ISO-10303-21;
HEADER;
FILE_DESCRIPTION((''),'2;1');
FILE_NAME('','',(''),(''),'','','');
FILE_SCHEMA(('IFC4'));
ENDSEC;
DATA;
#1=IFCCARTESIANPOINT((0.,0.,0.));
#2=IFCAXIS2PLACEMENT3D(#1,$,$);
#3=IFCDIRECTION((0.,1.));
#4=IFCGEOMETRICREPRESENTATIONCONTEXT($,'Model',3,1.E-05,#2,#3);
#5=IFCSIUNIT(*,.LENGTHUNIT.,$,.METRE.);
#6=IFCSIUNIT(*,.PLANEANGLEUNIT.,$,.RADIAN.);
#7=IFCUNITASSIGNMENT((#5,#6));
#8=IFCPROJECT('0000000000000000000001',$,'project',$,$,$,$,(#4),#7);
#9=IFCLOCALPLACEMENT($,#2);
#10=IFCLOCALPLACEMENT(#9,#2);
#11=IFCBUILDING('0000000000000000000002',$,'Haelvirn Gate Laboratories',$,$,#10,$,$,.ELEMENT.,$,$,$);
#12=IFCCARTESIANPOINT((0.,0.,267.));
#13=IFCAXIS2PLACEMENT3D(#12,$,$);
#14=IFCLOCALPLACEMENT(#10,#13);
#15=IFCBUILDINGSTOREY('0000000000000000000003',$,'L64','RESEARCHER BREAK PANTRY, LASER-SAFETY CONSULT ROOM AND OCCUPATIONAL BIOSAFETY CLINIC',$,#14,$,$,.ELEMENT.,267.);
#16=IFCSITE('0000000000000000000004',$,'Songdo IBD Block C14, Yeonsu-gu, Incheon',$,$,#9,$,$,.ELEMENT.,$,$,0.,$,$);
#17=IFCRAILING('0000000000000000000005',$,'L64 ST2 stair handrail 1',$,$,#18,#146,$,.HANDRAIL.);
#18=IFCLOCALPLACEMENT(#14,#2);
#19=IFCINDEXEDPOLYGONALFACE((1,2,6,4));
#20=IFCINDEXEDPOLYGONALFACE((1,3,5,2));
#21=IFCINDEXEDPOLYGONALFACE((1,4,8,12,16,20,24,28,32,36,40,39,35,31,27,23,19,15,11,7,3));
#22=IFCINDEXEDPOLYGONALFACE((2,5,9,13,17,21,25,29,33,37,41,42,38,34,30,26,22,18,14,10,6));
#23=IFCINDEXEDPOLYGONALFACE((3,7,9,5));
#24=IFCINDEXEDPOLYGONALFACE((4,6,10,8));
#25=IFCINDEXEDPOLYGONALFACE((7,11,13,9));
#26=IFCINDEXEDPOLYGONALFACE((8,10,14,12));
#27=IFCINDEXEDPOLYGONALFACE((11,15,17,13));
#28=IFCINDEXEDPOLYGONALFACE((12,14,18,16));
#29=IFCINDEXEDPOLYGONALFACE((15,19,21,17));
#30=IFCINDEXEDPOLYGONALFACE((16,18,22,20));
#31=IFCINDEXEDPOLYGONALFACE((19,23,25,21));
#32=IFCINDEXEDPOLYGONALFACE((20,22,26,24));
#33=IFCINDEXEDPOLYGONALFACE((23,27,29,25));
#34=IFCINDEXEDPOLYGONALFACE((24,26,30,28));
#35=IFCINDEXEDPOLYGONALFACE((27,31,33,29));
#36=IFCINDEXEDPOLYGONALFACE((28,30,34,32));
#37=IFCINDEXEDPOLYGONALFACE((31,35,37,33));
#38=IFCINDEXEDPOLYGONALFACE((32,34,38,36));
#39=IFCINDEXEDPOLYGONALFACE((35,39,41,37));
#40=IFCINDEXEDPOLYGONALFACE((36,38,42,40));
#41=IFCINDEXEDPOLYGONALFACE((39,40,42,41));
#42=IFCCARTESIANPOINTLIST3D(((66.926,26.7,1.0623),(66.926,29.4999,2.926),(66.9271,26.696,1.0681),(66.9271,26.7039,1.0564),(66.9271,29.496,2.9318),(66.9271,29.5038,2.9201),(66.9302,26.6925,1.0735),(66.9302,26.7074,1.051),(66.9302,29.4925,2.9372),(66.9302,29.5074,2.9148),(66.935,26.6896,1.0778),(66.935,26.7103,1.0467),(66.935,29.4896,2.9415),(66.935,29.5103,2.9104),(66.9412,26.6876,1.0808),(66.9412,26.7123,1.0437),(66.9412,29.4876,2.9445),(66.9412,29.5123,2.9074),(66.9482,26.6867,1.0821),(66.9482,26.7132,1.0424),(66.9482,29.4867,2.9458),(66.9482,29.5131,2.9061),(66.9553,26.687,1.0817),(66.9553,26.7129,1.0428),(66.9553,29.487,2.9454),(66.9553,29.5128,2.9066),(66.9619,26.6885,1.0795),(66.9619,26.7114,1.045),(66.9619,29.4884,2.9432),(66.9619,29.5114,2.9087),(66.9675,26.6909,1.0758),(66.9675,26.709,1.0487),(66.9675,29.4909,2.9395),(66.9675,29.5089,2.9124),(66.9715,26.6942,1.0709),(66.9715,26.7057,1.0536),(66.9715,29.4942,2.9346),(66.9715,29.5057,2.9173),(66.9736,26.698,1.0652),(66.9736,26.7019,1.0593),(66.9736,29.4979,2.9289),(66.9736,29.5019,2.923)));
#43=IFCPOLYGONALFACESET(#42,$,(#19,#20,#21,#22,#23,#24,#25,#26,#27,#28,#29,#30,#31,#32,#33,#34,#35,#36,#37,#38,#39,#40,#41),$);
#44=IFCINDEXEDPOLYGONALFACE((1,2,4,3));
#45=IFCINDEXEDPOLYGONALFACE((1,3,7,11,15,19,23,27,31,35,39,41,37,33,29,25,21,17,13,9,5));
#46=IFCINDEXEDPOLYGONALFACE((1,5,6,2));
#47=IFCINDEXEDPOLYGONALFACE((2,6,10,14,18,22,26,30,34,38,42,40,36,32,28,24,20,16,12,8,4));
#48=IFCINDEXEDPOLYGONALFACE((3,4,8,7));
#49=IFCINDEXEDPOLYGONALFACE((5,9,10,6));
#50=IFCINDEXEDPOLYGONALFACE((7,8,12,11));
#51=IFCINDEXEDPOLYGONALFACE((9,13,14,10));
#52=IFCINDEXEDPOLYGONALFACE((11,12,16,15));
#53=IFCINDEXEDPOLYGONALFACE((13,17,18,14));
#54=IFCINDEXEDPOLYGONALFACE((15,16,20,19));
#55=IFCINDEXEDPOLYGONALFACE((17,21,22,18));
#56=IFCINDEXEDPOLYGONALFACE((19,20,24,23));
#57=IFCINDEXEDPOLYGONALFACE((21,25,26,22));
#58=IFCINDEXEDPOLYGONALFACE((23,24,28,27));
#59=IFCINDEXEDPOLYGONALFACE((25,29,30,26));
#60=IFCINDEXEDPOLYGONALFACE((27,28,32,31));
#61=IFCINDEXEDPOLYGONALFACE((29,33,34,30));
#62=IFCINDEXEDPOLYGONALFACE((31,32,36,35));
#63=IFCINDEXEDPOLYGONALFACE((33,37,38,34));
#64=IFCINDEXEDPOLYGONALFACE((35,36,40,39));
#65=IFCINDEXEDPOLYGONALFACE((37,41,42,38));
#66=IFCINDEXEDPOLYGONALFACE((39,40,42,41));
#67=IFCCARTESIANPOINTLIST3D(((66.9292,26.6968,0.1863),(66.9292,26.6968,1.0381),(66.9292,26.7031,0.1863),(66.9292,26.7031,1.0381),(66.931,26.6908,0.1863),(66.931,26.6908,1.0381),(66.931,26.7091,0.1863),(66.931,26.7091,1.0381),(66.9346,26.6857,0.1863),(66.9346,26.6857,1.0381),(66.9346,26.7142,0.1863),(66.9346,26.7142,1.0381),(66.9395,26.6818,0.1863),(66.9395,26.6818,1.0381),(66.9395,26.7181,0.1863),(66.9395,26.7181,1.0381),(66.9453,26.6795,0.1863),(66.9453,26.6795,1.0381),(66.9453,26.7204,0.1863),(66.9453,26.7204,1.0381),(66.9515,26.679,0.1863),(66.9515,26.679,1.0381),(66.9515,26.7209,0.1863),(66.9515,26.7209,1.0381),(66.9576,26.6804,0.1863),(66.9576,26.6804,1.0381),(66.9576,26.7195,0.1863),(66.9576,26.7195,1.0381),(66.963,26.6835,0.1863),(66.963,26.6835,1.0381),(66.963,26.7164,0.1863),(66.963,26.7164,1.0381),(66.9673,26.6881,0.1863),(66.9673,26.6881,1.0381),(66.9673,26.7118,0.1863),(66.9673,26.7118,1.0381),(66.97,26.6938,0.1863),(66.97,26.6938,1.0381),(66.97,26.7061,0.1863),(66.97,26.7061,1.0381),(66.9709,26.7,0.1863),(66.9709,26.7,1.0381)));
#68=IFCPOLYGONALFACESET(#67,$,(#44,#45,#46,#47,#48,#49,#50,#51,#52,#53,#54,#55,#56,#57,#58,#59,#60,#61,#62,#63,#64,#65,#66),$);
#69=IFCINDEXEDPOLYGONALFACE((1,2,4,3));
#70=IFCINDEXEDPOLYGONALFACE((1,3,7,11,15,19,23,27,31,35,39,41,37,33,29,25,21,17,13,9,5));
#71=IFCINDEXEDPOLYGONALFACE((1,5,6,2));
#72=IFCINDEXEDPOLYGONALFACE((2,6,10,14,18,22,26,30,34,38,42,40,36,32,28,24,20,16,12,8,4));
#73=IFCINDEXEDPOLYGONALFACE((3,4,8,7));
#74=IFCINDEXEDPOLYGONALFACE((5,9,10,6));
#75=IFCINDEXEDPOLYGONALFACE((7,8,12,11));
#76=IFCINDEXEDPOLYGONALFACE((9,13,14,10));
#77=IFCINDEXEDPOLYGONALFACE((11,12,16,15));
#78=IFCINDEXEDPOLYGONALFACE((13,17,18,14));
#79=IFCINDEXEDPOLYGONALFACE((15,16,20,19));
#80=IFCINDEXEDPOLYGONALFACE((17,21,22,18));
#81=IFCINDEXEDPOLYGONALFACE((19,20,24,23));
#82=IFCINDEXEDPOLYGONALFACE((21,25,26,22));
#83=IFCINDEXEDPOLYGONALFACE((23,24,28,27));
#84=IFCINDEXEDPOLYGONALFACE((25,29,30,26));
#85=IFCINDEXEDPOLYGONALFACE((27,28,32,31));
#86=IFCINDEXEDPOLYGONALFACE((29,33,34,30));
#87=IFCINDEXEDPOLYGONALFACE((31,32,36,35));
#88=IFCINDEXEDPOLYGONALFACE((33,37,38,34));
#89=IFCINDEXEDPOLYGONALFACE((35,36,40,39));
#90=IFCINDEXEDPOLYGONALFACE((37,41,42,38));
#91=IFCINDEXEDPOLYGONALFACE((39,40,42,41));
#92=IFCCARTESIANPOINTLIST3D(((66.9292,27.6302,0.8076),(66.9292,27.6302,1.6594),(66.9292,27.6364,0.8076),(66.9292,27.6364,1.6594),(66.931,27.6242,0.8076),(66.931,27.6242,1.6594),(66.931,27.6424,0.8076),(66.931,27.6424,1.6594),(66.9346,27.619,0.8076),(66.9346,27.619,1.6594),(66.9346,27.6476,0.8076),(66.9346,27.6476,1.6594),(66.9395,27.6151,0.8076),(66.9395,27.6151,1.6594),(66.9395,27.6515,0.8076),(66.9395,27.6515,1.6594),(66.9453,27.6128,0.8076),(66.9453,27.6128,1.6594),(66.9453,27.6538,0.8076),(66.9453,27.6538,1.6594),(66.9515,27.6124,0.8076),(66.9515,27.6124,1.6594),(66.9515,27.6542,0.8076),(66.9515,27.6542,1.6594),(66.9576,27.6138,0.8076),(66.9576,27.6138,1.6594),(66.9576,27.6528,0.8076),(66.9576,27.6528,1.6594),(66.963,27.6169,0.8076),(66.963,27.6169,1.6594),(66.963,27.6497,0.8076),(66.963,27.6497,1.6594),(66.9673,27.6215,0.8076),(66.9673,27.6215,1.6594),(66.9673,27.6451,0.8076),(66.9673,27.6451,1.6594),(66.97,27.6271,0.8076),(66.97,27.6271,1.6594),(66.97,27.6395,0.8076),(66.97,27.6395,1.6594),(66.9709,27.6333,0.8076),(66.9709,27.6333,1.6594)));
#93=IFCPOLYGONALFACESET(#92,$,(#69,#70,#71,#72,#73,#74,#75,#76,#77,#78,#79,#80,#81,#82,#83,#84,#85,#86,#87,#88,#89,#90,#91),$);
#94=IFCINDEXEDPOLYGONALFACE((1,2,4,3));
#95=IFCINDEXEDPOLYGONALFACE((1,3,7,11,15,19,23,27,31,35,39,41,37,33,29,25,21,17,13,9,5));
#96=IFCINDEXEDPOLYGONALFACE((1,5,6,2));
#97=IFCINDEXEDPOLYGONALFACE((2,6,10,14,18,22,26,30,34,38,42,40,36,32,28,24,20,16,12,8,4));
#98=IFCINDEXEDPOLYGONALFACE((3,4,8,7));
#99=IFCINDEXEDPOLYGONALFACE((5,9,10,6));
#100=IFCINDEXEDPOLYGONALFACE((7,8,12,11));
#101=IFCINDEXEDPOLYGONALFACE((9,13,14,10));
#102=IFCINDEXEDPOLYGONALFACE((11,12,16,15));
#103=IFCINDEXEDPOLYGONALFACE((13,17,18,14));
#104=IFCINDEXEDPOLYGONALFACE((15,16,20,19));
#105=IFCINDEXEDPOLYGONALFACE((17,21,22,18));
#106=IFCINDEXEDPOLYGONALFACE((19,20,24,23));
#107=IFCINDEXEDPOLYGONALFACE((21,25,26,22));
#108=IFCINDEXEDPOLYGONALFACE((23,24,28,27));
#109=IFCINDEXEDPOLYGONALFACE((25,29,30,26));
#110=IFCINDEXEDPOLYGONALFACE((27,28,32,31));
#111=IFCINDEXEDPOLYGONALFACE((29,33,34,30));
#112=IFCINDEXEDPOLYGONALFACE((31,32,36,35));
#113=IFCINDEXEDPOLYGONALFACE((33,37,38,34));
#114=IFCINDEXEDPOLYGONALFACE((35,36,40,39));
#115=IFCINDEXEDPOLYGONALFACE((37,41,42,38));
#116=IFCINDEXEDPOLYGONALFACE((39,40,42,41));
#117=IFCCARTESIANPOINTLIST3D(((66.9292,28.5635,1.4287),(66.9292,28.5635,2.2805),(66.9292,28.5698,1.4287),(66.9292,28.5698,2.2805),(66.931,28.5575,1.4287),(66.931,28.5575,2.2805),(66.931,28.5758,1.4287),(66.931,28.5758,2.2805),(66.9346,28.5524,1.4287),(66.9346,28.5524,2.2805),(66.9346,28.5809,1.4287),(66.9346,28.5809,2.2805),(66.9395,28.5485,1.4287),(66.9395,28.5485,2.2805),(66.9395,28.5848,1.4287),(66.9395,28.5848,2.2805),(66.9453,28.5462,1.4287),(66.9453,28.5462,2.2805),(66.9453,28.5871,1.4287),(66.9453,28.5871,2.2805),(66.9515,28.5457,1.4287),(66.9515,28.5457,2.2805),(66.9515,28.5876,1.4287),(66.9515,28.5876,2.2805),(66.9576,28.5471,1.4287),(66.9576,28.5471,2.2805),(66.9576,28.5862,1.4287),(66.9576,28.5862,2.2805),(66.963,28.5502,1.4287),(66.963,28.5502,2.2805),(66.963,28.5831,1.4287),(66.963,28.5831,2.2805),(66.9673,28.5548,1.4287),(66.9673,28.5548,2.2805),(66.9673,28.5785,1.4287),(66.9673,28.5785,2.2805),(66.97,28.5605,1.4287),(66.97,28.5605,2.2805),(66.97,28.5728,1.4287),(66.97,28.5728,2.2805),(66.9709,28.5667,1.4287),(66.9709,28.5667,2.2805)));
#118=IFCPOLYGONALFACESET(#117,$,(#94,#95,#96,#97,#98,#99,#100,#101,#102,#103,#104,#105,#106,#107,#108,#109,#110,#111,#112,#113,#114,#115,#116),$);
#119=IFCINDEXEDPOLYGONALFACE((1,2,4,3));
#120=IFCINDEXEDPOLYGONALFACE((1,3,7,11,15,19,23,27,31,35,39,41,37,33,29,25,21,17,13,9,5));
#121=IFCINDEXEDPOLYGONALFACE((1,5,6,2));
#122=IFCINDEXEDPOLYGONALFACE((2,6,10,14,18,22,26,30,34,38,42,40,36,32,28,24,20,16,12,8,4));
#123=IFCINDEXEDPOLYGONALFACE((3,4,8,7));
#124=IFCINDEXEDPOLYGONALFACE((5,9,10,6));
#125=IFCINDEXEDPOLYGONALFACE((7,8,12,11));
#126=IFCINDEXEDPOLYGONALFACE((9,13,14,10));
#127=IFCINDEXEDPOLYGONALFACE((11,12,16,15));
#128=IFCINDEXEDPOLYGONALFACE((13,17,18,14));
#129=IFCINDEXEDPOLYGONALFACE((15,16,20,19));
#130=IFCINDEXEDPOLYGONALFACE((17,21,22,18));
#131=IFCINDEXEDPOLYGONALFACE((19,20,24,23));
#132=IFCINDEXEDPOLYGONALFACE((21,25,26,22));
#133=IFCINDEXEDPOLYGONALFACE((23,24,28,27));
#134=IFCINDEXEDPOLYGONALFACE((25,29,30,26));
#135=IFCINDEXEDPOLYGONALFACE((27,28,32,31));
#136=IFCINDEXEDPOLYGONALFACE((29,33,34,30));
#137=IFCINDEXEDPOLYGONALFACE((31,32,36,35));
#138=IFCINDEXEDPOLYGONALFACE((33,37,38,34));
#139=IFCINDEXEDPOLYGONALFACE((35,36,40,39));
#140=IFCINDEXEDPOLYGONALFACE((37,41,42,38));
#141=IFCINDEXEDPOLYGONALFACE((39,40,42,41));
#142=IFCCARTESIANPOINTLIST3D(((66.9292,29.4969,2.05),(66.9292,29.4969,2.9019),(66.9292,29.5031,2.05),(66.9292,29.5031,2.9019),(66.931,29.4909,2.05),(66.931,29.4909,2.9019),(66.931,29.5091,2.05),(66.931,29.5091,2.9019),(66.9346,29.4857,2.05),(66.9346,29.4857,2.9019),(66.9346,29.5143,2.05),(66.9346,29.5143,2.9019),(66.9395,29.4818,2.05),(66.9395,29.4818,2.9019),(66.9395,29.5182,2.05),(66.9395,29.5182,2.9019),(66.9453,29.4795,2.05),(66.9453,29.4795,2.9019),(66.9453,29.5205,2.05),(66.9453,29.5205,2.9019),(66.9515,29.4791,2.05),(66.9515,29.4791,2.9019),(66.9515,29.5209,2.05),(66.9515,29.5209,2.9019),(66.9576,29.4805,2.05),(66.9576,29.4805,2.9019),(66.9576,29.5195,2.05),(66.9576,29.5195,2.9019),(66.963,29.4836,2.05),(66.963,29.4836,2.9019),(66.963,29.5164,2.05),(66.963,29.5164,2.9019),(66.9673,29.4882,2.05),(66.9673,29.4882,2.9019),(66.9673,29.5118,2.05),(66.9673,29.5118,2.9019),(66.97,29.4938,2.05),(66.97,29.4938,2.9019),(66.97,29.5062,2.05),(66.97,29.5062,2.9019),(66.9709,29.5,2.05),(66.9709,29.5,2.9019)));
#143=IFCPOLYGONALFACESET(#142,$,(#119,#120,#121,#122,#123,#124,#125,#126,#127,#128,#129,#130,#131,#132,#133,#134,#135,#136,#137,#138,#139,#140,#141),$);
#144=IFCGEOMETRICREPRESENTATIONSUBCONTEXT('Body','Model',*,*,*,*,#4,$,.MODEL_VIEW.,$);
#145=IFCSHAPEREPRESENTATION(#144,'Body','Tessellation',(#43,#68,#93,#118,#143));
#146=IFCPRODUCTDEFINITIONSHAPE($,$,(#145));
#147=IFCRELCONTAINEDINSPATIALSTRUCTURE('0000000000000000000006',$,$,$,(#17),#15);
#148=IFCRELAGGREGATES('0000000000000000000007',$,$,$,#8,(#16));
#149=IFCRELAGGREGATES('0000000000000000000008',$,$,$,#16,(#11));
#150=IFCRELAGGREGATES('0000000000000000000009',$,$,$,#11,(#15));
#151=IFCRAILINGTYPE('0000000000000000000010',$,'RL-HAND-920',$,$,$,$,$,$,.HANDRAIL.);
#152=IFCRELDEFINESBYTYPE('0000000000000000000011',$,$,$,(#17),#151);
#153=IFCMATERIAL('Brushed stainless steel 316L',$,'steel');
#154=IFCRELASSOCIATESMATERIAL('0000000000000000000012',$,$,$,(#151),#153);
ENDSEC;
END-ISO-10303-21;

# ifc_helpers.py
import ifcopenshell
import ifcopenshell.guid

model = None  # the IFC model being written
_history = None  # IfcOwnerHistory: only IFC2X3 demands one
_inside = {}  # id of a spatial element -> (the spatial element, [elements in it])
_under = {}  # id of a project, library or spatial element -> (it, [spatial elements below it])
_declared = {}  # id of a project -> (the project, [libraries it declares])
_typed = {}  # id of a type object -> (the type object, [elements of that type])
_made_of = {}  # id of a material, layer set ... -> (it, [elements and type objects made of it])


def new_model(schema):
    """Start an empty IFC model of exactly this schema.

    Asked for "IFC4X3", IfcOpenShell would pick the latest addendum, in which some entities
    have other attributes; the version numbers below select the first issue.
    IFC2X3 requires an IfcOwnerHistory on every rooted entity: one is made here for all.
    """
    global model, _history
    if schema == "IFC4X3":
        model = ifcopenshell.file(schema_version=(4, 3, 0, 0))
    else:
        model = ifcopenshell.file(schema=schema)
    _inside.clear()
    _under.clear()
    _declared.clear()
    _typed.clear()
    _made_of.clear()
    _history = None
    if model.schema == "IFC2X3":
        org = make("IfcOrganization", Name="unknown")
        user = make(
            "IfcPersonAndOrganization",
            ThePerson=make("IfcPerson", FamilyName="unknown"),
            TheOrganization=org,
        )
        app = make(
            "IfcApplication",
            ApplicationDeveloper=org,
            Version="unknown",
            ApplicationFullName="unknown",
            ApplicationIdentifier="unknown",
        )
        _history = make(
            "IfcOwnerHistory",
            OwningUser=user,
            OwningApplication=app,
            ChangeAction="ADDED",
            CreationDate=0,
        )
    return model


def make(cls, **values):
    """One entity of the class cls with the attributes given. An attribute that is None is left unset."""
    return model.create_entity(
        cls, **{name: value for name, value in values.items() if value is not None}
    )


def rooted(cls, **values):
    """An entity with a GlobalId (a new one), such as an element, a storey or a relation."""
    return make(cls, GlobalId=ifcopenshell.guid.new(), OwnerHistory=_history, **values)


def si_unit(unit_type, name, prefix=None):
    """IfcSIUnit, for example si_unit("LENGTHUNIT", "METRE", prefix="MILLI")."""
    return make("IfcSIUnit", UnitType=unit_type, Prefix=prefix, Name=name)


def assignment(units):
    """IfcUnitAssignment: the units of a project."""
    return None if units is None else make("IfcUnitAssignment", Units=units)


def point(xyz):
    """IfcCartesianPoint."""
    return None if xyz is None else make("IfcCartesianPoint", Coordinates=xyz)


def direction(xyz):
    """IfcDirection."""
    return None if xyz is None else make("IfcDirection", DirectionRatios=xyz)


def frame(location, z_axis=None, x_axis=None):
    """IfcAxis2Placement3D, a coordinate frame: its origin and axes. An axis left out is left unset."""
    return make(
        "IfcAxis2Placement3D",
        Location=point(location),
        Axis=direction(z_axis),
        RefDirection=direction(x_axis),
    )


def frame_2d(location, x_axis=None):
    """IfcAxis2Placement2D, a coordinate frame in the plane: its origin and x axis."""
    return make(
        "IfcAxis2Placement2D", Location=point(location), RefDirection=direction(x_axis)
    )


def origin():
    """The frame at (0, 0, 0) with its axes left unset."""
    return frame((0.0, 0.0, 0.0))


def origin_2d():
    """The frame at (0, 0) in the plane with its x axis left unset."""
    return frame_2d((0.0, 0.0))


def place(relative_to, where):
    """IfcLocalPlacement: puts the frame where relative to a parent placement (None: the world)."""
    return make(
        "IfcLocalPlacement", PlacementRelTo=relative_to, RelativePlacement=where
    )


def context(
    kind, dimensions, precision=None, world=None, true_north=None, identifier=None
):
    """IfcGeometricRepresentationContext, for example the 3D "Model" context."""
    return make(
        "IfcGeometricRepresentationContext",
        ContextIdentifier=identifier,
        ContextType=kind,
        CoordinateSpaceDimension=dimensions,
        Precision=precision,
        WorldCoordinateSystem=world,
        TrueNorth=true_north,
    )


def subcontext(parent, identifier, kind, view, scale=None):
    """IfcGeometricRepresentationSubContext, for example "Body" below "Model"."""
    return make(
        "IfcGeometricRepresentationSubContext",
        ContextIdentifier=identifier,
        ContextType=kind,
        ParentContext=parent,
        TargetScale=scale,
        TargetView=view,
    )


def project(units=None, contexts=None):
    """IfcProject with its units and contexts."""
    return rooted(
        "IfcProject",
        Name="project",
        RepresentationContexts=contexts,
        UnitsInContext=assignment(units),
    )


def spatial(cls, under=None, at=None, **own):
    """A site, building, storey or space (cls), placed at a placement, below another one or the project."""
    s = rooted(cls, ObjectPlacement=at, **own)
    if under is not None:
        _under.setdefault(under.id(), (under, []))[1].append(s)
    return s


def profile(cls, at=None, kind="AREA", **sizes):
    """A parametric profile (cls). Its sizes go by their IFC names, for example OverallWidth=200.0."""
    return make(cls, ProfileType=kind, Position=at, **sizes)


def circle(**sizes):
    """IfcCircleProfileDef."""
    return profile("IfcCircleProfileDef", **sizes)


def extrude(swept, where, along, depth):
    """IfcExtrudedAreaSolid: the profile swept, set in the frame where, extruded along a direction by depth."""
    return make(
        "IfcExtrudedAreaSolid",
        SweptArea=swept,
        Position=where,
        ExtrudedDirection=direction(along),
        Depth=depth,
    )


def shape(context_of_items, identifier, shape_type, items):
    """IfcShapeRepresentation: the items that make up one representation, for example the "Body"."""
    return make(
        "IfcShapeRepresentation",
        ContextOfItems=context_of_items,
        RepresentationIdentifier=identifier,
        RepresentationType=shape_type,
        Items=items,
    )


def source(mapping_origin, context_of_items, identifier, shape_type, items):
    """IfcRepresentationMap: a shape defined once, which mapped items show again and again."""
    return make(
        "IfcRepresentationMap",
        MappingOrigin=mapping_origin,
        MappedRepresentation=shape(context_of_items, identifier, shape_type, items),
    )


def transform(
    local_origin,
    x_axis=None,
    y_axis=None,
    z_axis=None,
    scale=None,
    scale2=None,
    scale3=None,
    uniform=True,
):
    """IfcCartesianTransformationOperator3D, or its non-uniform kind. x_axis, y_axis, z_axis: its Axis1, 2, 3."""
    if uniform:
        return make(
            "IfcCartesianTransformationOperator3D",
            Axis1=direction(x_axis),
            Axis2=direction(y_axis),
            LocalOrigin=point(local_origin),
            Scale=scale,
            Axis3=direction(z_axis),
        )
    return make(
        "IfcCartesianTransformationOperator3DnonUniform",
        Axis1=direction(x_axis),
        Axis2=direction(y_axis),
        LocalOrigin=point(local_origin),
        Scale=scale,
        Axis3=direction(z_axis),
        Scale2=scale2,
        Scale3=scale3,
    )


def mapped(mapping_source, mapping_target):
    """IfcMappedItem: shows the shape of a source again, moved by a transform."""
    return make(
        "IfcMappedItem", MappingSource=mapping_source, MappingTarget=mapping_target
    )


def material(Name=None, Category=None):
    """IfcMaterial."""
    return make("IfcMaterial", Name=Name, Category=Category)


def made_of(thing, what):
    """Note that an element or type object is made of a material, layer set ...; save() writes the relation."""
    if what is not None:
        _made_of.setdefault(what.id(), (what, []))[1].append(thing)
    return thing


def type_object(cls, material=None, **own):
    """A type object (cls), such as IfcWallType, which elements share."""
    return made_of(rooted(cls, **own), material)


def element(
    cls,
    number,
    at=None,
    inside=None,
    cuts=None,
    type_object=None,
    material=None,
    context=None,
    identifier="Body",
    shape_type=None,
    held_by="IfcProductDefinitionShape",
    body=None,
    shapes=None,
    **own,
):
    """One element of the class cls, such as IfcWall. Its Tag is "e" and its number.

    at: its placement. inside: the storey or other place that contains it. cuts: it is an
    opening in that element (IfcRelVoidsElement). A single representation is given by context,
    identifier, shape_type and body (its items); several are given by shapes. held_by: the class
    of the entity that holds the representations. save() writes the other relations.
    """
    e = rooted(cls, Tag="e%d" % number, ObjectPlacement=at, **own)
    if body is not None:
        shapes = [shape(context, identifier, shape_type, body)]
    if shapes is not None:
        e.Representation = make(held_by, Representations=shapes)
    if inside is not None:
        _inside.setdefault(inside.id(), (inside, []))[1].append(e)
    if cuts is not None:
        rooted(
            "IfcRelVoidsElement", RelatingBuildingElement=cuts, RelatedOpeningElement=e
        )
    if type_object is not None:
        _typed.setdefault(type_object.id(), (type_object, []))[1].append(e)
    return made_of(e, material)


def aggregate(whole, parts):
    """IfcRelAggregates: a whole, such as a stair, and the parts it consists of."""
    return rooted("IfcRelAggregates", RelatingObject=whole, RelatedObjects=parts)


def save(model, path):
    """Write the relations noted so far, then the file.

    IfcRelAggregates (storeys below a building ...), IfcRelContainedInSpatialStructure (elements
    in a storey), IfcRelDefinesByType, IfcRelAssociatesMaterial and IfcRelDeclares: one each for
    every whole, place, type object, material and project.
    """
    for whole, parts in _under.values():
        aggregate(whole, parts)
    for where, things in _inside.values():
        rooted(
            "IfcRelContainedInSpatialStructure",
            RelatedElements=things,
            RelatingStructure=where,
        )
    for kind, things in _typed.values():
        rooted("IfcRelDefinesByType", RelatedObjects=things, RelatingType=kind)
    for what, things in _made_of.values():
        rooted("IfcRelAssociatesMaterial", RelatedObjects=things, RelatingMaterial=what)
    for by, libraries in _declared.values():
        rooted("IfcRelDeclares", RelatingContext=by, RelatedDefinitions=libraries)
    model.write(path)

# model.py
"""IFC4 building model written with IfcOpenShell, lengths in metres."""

from ifc_helpers import new_model, si_unit, direction, frame, origin, origin_2d, place, context, subcontext, project, spatial, circle, extrude, source, transform, mapped, material, type_object, element, save


model = new_model("IFC4")

# Units and contexts
model_context = context("Model", 3, precision=1e-05, world=origin(), true_north=direction((0.0, 1.0)))
body_context = subcontext(model_context, "Body", "Model", "MODEL_VIEW")
ifc_project = project(units=[si_unit("LENGTHUNIT", "METRE"), si_unit("PLANEANGLEUNIT", "RADIAN")], contexts=[model_context])

# Site, building, storey
site_placement = place(None, origin())
site = spatial("IfcSite", under=ifc_project, at=site_placement, Name="Songdo IBD Block C14, Yeonsu-gu, Incheon", CompositionType="ELEMENT", RefElevation=0.0)
building_placement = place(site_placement, origin())
building = spatial("IfcBuilding", under=site, at=building_placement, Name="Haelvirn Gate Laboratories", CompositionType="ELEMENT")
storey_placement = place(building_placement, frame((0.0, 0.0, 267.0)))
storey = spatial("IfcBuildingStorey", under=building, at=storey_placement, Name="L64", Description="RESEARCHER BREAK PANTRY, LASER-SAFETY CONSULT ROOM AND OCCUPATIONAL BIOSAFETY CLINIC", CompositionType="ELEMENT", Elevation=267.0)

# Railing
ifc_material_1 = material(Name="Brushed stainless steel 316L", Category="steel")
railing_type_1 = type_object("IfcRailingType", Name="RL-HAND-920", PredefinedType="HANDRAIL", material=ifc_material_1)
shared_shape_1 = source(origin(), body_context, "Body", "SweptSolid", [
    extrude(circle(Radius=0.0239, at=origin_2d()), frame((0.0, 0.0, 0.876), z_axis=(0.0, 0.832452, 0.554097), x_axis=(-1.0, 0.0, 0.0)), (0.0, 0.0, 1.0), 3.3635),
    extrude(circle(Radius=0.021, at=origin_2d()), origin(), (0.0, 0.0, 1.0), 0.8518),
    extrude(circle(Radius=0.021, at=origin_2d()), frame((0.0, 0.9333, 0.6213)), (0.0, 0.0, 1.0), 0.8518),
    extrude(circle(Radius=0.021, at=origin_2d()), frame((0.0, 1.8667, 1.2424)), (0.0, 0.0, 1.0), 0.8518),
    extrude(circle(Radius=0.021, at=origin_2d()), frame((0.0, 2.8, 1.8638)), (0.0, 0.0, 1.0), 0.8518),
])
railing_1_placement = place(storey_placement, frame((66.95, 26.7, 0.1863)))
element("IfcRailing", 1, at=railing_1_placement, inside=storey, type_object=railing_type_1, Name="L64 ST2 stair handrail 1", PredefinedType="HANDRAIL", context=body_context, shape_type="MappedRepresentation", body=[
    mapped(shared_shape_1, transform((0.0, 0.0, 0.0), scale=1.0)),
])

save(model, "model.ifc")
